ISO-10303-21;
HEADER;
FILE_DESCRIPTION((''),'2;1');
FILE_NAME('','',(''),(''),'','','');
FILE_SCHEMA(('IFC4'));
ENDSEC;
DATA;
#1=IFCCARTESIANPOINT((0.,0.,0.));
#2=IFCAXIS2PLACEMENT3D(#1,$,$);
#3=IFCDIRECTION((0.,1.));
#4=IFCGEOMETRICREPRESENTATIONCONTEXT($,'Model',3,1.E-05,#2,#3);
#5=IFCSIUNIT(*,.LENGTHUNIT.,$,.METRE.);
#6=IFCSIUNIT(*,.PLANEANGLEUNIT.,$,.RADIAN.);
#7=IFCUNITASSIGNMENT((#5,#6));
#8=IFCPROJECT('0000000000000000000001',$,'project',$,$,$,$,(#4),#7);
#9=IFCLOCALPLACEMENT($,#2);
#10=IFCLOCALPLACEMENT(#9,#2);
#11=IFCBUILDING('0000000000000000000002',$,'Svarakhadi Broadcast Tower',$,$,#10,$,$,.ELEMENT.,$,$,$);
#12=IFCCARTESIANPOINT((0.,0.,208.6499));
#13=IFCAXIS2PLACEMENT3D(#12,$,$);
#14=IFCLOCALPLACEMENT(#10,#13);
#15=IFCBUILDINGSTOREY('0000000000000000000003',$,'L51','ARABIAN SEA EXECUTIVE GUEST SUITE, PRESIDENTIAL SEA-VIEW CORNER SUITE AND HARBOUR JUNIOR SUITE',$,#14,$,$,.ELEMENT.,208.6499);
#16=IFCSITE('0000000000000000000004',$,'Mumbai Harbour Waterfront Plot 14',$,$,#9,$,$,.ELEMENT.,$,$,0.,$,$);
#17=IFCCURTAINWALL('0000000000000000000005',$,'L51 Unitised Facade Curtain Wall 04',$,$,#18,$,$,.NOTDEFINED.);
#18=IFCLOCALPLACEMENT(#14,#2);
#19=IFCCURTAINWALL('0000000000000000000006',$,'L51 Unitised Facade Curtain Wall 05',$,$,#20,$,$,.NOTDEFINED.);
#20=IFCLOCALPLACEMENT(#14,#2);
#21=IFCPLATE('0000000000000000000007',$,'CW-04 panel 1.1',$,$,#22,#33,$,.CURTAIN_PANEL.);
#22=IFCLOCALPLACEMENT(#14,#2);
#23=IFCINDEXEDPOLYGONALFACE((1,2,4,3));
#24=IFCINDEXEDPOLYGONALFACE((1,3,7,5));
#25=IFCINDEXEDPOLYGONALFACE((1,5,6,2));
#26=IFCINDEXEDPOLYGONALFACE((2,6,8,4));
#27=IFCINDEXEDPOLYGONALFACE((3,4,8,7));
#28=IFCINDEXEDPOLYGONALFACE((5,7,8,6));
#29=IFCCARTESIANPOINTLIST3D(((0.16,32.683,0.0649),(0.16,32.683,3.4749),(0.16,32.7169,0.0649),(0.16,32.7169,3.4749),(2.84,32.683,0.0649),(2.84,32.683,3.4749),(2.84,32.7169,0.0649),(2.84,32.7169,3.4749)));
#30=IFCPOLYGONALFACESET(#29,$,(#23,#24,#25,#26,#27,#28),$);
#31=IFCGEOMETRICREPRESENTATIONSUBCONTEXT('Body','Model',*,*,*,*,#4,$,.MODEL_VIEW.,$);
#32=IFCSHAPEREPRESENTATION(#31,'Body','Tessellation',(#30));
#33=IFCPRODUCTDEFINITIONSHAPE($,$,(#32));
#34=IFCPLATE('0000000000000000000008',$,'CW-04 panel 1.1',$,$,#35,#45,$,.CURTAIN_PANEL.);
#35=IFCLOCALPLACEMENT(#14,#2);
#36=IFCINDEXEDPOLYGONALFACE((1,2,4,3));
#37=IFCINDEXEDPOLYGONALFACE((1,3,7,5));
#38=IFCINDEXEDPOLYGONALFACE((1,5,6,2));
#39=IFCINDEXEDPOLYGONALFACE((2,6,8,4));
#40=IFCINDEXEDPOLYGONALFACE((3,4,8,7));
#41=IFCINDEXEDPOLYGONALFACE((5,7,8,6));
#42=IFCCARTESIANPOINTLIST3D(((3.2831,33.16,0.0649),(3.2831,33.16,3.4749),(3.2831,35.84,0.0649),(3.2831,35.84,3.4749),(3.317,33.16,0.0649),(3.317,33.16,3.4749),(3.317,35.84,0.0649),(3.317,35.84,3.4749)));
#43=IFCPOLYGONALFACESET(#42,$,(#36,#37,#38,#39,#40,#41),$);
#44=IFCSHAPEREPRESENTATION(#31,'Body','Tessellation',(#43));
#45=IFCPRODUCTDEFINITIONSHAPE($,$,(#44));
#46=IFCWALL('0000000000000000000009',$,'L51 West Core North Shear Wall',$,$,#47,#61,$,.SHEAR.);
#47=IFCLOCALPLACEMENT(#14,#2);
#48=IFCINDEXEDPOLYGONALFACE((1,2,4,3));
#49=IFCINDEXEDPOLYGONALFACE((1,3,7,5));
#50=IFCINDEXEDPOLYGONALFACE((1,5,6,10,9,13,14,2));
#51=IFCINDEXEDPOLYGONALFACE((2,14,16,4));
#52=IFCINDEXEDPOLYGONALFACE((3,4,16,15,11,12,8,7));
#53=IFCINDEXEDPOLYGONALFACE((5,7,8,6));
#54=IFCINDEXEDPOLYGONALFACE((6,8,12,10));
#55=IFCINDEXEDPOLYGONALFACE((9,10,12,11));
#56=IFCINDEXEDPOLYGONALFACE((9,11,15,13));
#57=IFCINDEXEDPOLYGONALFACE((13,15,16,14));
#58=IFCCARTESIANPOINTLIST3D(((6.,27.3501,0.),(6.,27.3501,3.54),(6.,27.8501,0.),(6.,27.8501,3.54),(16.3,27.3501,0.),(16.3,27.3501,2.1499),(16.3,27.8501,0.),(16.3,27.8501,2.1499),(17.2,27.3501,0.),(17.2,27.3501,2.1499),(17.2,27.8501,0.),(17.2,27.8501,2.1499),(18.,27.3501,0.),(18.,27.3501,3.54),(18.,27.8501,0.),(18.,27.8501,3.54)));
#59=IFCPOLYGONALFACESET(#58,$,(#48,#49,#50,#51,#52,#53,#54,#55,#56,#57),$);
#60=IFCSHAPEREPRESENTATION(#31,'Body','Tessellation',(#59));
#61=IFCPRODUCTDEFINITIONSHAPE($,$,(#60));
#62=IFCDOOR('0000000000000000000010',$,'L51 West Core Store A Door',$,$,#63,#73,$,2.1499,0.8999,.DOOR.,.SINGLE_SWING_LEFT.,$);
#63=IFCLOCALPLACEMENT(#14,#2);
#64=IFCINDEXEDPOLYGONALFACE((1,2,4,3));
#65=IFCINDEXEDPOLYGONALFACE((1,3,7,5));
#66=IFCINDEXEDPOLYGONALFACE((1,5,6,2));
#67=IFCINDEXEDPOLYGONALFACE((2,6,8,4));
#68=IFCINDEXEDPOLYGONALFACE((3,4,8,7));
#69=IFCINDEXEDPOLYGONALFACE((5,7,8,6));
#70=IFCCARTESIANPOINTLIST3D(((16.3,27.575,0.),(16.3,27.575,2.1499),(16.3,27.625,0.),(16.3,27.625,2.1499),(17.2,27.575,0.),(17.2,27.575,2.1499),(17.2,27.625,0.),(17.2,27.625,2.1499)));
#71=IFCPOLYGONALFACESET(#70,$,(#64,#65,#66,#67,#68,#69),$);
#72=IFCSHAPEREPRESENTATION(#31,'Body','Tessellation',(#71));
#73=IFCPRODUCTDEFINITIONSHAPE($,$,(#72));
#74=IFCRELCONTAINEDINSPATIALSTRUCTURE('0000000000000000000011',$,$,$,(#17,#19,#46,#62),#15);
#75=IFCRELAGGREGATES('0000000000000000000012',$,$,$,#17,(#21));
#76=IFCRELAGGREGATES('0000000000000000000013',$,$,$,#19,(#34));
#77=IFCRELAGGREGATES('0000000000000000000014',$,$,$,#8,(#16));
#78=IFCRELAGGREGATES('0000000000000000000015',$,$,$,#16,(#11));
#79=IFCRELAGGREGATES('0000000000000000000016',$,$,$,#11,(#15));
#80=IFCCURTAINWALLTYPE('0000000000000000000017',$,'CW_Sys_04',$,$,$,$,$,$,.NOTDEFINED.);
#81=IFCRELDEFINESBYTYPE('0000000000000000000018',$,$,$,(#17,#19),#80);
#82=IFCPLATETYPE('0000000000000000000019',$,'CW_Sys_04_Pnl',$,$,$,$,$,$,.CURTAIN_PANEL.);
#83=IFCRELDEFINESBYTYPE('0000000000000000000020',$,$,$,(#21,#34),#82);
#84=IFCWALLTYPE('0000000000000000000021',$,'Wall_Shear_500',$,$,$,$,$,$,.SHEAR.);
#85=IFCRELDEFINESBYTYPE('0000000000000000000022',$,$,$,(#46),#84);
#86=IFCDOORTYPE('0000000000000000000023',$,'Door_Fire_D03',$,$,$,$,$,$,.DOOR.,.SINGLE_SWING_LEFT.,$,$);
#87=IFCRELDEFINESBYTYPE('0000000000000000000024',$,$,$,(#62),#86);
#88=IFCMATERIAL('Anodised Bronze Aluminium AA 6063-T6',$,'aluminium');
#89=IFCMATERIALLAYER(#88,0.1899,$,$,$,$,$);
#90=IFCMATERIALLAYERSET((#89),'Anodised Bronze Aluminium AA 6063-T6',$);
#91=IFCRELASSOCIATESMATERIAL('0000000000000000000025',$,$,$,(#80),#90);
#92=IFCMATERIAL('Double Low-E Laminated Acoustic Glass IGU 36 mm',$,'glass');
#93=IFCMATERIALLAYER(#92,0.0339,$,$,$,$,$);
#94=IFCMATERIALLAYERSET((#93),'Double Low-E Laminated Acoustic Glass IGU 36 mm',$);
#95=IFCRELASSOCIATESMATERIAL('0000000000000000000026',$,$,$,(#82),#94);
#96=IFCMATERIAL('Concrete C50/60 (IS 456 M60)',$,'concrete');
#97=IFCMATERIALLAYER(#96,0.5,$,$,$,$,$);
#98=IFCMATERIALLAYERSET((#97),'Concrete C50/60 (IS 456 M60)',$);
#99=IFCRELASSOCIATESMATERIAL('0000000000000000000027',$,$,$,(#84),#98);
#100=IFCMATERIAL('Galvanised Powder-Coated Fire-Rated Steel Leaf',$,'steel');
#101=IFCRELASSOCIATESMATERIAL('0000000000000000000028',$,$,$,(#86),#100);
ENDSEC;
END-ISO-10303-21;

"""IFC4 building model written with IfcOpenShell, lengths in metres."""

from ifc_helpers import new_model, si_unit, direction, frame, frame_2d, origin, origin_2d, place, context, subcontext, project, spatial, rectangle, extrude, material, layer, layer_set, type_object, element, fill, aggregate, save


model = new_model("IFC4")

# Units and contexts
model_context = context("Model", 3, precision=1e-05, world=origin(), true_north=direction((0.0, 1.0)))
body_context = subcontext(model_context, "Body", "Model", "MODEL_VIEW")
ifc_project = project(units=[si_unit("LENGTHUNIT", "METRE"), si_unit("PLANEANGLEUNIT", "RADIAN")], contexts=[model_context])

# Site, building, storey
site_placement = place(None, origin())
site = spatial("IfcSite", under=ifc_project, at=site_placement, Name="Mumbai Harbour Waterfront Plot 14", CompositionType="ELEMENT", RefElevation=0.0)
building_placement = place(site_placement, origin())
building = spatial("IfcBuilding", under=site, at=building_placement, Name="Svarakhadi Broadcast Tower", CompositionType="ELEMENT")
storey_placement = place(building_placement, frame((0.0, 0.0, 208.6499)))
storey = spatial("IfcBuildingStorey", under=building, at=storey_placement, Name="L51", Description="ARABIAN SEA EXECUTIVE GUEST SUITE, PRESIDENTIAL SEA-VIEW CORNER SUITE AND HARBOUR JUNIOR SUITE", CompositionType="ELEMENT", Elevation=208.6499)

# Shared definitions
ifc_material_1 = material(Name="Concrete C50/60 (IS 456 M60)", Category="concrete")

# Shared definitions
ifc_material_2 = material(Name="Anodised Bronze Aluminium AA 6063-T6", Category="aluminium")
ifc_layer_1 = layer(ifc_material_2, 0.1899)
ifc_layer_set_1 = layer_set([ifc_layer_1], Name="Anodised Bronze Aluminium AA 6063-T6")
curtain_wall_type = type_object("IfcCurtainWallType", Name="CW_Sys_04", PredefinedType="NOTDEFINED", material=ifc_layer_set_1)

# Curtain walls
curtain_wall_1_placement = place(storey_placement, origin())
curtain_wall_1 = element("IfcCurtainWall", 1, at=curtain_wall_1_placement, inside=storey, type_object=curtain_wall_type, Name="L51 Unitised Facade Curtain Wall 04", PredefinedType="NOTDEFINED")
curtain_wall_2_placement = place(storey_placement, origin())
curtain_wall_2 = element("IfcCurtainWall", 2, at=curtain_wall_2_placement, inside=storey, type_object=curtain_wall_type, Name="L51 Unitised Facade Curtain Wall 05", PredefinedType="NOTDEFINED")

# Plates
ifc_material_3 = material(Name="Double Low-E Laminated Acoustic Glass IGU 36 mm", Category="glass")
ifc_layer_2 = layer(ifc_material_3, 0.0339)
ifc_layer_set_2 = layer_set([ifc_layer_2], Name="Double Low-E Laminated Acoustic Glass IGU 36 mm")
plate_type = type_object("IfcPlateType", Name="CW_Sys_04_Pnl", PredefinedType="CURTAIN_PANEL", material=ifc_layer_set_2)
plate_1_placement = place(storey_placement, frame((1.5, 32.7, 0.0649), z_axis=(0.0, 0.0, 1.0), x_axis=(1.0, 0.0, 0.0)))
plate_1 = element("IfcPlate", 3, at=plate_1_placement, type_object=plate_type, Name="CW-04 panel 1.1", PredefinedType="CURTAIN_PANEL", context=body_context, shape_type="SweptSolid", body=[
    extrude(rectangle(XDim=2.6799, YDim=0.0339, at=origin_2d()), origin(), (0.0, 0.0, 1.0), 3.4099),
])
aggregate(curtain_wall_1, [plate_1])
plate_2_placement = place(storey_placement, frame((3.3, 34.5, 0.0649), z_axis=(0.0, 0.0, 1.0), x_axis=(0.0, 1.0, 0.0)))
plate_2 = element("IfcPlate", 4, at=plate_2_placement, type_object=plate_type, Name="CW-04 panel 1.1", PredefinedType="CURTAIN_PANEL", context=body_context, shape_type="SweptSolid", body=[
    extrude(rectangle(XDim=2.6799, YDim=0.0339, at=origin_2d()), origin(), (0.0, 0.0, 1.0), 3.4099),
])
aggregate(curtain_wall_2, [plate_2])

# Wall, opening, door
ifc_layer_3 = layer(ifc_material_1, 0.5)
ifc_layer_set_3 = layer_set([ifc_layer_3], Name="Concrete C50/60 (IS 456 M60)")
wall_type = type_object("IfcWallType", Name="Wall_Shear_500", PredefinedType="SHEAR", material=ifc_layer_set_3)
wall_placement = place(storey_placement, frame((6.0, 27.6001, 0.0), z_axis=(0.0, 0.0, 1.0), x_axis=(1.0, 0.0, 0.0)))
wall = element("IfcWall", 5, at=wall_placement, inside=storey, type_object=wall_type, Name="L51 West Core North Shear Wall", PredefinedType="SHEAR", context=body_context, shape_type="SweptSolid", body=[
    extrude(rectangle(XDim=12.0, YDim=0.5, at=frame_2d((6.0, 0.0))), origin(), (0.0, 0.0, 1.0), 3.54),
])
opening_placement = place(wall_placement, frame((10.3, 0.0, 0.0)))
opening = element("IfcOpeningElement", 6, at=opening_placement, cuts=wall, PredefinedType="OPENING", context=body_context, shape_type="SweptSolid", body=[
    extrude(rectangle(XDim=0.8999, YDim=2.1499, at=frame_2d((0.45, 1.075))), frame((0.0, 0.26, 0.0), z_axis=(0.0, -1.0, 0.0), x_axis=(1.0, 0.0, 0.0)), (0.0, 0.0, 1.0), 0.52),
])
ifc_material_4 = material(Name="Galvanised Powder-Coated Fire-Rated Steel Leaf", Category="steel")
door_type = type_object("IfcDoorType", Name="Door_Fire_D03", OperationType="SINGLE_SWING_LEFT", PredefinedType="DOOR", material=ifc_material_4)
door_placement = place(opening_placement, origin())
door = element("IfcDoor", 7, at=door_placement, inside=storey, type_object=door_type, Name="L51 West Core Store A Door", OperationType="SINGLE_SWING_LEFT", OverallHeight=2.1499, OverallWidth=0.8999, PredefinedType="DOOR", context=body_context, shape_type="SweptSolid", body=[
    extrude(rectangle(XDim=0.8999, YDim=2.1499, at=frame_2d((0.45, 1.075))), frame((0.0, 0.0249, 0.0), z_axis=(0.0, -1.0, 0.0), x_axis=(1.0, 0.0, 0.0)), (0.0, 0.0, 1.0), 0.05),
])
fill(opening, door)

save(model, "model.ifc")
